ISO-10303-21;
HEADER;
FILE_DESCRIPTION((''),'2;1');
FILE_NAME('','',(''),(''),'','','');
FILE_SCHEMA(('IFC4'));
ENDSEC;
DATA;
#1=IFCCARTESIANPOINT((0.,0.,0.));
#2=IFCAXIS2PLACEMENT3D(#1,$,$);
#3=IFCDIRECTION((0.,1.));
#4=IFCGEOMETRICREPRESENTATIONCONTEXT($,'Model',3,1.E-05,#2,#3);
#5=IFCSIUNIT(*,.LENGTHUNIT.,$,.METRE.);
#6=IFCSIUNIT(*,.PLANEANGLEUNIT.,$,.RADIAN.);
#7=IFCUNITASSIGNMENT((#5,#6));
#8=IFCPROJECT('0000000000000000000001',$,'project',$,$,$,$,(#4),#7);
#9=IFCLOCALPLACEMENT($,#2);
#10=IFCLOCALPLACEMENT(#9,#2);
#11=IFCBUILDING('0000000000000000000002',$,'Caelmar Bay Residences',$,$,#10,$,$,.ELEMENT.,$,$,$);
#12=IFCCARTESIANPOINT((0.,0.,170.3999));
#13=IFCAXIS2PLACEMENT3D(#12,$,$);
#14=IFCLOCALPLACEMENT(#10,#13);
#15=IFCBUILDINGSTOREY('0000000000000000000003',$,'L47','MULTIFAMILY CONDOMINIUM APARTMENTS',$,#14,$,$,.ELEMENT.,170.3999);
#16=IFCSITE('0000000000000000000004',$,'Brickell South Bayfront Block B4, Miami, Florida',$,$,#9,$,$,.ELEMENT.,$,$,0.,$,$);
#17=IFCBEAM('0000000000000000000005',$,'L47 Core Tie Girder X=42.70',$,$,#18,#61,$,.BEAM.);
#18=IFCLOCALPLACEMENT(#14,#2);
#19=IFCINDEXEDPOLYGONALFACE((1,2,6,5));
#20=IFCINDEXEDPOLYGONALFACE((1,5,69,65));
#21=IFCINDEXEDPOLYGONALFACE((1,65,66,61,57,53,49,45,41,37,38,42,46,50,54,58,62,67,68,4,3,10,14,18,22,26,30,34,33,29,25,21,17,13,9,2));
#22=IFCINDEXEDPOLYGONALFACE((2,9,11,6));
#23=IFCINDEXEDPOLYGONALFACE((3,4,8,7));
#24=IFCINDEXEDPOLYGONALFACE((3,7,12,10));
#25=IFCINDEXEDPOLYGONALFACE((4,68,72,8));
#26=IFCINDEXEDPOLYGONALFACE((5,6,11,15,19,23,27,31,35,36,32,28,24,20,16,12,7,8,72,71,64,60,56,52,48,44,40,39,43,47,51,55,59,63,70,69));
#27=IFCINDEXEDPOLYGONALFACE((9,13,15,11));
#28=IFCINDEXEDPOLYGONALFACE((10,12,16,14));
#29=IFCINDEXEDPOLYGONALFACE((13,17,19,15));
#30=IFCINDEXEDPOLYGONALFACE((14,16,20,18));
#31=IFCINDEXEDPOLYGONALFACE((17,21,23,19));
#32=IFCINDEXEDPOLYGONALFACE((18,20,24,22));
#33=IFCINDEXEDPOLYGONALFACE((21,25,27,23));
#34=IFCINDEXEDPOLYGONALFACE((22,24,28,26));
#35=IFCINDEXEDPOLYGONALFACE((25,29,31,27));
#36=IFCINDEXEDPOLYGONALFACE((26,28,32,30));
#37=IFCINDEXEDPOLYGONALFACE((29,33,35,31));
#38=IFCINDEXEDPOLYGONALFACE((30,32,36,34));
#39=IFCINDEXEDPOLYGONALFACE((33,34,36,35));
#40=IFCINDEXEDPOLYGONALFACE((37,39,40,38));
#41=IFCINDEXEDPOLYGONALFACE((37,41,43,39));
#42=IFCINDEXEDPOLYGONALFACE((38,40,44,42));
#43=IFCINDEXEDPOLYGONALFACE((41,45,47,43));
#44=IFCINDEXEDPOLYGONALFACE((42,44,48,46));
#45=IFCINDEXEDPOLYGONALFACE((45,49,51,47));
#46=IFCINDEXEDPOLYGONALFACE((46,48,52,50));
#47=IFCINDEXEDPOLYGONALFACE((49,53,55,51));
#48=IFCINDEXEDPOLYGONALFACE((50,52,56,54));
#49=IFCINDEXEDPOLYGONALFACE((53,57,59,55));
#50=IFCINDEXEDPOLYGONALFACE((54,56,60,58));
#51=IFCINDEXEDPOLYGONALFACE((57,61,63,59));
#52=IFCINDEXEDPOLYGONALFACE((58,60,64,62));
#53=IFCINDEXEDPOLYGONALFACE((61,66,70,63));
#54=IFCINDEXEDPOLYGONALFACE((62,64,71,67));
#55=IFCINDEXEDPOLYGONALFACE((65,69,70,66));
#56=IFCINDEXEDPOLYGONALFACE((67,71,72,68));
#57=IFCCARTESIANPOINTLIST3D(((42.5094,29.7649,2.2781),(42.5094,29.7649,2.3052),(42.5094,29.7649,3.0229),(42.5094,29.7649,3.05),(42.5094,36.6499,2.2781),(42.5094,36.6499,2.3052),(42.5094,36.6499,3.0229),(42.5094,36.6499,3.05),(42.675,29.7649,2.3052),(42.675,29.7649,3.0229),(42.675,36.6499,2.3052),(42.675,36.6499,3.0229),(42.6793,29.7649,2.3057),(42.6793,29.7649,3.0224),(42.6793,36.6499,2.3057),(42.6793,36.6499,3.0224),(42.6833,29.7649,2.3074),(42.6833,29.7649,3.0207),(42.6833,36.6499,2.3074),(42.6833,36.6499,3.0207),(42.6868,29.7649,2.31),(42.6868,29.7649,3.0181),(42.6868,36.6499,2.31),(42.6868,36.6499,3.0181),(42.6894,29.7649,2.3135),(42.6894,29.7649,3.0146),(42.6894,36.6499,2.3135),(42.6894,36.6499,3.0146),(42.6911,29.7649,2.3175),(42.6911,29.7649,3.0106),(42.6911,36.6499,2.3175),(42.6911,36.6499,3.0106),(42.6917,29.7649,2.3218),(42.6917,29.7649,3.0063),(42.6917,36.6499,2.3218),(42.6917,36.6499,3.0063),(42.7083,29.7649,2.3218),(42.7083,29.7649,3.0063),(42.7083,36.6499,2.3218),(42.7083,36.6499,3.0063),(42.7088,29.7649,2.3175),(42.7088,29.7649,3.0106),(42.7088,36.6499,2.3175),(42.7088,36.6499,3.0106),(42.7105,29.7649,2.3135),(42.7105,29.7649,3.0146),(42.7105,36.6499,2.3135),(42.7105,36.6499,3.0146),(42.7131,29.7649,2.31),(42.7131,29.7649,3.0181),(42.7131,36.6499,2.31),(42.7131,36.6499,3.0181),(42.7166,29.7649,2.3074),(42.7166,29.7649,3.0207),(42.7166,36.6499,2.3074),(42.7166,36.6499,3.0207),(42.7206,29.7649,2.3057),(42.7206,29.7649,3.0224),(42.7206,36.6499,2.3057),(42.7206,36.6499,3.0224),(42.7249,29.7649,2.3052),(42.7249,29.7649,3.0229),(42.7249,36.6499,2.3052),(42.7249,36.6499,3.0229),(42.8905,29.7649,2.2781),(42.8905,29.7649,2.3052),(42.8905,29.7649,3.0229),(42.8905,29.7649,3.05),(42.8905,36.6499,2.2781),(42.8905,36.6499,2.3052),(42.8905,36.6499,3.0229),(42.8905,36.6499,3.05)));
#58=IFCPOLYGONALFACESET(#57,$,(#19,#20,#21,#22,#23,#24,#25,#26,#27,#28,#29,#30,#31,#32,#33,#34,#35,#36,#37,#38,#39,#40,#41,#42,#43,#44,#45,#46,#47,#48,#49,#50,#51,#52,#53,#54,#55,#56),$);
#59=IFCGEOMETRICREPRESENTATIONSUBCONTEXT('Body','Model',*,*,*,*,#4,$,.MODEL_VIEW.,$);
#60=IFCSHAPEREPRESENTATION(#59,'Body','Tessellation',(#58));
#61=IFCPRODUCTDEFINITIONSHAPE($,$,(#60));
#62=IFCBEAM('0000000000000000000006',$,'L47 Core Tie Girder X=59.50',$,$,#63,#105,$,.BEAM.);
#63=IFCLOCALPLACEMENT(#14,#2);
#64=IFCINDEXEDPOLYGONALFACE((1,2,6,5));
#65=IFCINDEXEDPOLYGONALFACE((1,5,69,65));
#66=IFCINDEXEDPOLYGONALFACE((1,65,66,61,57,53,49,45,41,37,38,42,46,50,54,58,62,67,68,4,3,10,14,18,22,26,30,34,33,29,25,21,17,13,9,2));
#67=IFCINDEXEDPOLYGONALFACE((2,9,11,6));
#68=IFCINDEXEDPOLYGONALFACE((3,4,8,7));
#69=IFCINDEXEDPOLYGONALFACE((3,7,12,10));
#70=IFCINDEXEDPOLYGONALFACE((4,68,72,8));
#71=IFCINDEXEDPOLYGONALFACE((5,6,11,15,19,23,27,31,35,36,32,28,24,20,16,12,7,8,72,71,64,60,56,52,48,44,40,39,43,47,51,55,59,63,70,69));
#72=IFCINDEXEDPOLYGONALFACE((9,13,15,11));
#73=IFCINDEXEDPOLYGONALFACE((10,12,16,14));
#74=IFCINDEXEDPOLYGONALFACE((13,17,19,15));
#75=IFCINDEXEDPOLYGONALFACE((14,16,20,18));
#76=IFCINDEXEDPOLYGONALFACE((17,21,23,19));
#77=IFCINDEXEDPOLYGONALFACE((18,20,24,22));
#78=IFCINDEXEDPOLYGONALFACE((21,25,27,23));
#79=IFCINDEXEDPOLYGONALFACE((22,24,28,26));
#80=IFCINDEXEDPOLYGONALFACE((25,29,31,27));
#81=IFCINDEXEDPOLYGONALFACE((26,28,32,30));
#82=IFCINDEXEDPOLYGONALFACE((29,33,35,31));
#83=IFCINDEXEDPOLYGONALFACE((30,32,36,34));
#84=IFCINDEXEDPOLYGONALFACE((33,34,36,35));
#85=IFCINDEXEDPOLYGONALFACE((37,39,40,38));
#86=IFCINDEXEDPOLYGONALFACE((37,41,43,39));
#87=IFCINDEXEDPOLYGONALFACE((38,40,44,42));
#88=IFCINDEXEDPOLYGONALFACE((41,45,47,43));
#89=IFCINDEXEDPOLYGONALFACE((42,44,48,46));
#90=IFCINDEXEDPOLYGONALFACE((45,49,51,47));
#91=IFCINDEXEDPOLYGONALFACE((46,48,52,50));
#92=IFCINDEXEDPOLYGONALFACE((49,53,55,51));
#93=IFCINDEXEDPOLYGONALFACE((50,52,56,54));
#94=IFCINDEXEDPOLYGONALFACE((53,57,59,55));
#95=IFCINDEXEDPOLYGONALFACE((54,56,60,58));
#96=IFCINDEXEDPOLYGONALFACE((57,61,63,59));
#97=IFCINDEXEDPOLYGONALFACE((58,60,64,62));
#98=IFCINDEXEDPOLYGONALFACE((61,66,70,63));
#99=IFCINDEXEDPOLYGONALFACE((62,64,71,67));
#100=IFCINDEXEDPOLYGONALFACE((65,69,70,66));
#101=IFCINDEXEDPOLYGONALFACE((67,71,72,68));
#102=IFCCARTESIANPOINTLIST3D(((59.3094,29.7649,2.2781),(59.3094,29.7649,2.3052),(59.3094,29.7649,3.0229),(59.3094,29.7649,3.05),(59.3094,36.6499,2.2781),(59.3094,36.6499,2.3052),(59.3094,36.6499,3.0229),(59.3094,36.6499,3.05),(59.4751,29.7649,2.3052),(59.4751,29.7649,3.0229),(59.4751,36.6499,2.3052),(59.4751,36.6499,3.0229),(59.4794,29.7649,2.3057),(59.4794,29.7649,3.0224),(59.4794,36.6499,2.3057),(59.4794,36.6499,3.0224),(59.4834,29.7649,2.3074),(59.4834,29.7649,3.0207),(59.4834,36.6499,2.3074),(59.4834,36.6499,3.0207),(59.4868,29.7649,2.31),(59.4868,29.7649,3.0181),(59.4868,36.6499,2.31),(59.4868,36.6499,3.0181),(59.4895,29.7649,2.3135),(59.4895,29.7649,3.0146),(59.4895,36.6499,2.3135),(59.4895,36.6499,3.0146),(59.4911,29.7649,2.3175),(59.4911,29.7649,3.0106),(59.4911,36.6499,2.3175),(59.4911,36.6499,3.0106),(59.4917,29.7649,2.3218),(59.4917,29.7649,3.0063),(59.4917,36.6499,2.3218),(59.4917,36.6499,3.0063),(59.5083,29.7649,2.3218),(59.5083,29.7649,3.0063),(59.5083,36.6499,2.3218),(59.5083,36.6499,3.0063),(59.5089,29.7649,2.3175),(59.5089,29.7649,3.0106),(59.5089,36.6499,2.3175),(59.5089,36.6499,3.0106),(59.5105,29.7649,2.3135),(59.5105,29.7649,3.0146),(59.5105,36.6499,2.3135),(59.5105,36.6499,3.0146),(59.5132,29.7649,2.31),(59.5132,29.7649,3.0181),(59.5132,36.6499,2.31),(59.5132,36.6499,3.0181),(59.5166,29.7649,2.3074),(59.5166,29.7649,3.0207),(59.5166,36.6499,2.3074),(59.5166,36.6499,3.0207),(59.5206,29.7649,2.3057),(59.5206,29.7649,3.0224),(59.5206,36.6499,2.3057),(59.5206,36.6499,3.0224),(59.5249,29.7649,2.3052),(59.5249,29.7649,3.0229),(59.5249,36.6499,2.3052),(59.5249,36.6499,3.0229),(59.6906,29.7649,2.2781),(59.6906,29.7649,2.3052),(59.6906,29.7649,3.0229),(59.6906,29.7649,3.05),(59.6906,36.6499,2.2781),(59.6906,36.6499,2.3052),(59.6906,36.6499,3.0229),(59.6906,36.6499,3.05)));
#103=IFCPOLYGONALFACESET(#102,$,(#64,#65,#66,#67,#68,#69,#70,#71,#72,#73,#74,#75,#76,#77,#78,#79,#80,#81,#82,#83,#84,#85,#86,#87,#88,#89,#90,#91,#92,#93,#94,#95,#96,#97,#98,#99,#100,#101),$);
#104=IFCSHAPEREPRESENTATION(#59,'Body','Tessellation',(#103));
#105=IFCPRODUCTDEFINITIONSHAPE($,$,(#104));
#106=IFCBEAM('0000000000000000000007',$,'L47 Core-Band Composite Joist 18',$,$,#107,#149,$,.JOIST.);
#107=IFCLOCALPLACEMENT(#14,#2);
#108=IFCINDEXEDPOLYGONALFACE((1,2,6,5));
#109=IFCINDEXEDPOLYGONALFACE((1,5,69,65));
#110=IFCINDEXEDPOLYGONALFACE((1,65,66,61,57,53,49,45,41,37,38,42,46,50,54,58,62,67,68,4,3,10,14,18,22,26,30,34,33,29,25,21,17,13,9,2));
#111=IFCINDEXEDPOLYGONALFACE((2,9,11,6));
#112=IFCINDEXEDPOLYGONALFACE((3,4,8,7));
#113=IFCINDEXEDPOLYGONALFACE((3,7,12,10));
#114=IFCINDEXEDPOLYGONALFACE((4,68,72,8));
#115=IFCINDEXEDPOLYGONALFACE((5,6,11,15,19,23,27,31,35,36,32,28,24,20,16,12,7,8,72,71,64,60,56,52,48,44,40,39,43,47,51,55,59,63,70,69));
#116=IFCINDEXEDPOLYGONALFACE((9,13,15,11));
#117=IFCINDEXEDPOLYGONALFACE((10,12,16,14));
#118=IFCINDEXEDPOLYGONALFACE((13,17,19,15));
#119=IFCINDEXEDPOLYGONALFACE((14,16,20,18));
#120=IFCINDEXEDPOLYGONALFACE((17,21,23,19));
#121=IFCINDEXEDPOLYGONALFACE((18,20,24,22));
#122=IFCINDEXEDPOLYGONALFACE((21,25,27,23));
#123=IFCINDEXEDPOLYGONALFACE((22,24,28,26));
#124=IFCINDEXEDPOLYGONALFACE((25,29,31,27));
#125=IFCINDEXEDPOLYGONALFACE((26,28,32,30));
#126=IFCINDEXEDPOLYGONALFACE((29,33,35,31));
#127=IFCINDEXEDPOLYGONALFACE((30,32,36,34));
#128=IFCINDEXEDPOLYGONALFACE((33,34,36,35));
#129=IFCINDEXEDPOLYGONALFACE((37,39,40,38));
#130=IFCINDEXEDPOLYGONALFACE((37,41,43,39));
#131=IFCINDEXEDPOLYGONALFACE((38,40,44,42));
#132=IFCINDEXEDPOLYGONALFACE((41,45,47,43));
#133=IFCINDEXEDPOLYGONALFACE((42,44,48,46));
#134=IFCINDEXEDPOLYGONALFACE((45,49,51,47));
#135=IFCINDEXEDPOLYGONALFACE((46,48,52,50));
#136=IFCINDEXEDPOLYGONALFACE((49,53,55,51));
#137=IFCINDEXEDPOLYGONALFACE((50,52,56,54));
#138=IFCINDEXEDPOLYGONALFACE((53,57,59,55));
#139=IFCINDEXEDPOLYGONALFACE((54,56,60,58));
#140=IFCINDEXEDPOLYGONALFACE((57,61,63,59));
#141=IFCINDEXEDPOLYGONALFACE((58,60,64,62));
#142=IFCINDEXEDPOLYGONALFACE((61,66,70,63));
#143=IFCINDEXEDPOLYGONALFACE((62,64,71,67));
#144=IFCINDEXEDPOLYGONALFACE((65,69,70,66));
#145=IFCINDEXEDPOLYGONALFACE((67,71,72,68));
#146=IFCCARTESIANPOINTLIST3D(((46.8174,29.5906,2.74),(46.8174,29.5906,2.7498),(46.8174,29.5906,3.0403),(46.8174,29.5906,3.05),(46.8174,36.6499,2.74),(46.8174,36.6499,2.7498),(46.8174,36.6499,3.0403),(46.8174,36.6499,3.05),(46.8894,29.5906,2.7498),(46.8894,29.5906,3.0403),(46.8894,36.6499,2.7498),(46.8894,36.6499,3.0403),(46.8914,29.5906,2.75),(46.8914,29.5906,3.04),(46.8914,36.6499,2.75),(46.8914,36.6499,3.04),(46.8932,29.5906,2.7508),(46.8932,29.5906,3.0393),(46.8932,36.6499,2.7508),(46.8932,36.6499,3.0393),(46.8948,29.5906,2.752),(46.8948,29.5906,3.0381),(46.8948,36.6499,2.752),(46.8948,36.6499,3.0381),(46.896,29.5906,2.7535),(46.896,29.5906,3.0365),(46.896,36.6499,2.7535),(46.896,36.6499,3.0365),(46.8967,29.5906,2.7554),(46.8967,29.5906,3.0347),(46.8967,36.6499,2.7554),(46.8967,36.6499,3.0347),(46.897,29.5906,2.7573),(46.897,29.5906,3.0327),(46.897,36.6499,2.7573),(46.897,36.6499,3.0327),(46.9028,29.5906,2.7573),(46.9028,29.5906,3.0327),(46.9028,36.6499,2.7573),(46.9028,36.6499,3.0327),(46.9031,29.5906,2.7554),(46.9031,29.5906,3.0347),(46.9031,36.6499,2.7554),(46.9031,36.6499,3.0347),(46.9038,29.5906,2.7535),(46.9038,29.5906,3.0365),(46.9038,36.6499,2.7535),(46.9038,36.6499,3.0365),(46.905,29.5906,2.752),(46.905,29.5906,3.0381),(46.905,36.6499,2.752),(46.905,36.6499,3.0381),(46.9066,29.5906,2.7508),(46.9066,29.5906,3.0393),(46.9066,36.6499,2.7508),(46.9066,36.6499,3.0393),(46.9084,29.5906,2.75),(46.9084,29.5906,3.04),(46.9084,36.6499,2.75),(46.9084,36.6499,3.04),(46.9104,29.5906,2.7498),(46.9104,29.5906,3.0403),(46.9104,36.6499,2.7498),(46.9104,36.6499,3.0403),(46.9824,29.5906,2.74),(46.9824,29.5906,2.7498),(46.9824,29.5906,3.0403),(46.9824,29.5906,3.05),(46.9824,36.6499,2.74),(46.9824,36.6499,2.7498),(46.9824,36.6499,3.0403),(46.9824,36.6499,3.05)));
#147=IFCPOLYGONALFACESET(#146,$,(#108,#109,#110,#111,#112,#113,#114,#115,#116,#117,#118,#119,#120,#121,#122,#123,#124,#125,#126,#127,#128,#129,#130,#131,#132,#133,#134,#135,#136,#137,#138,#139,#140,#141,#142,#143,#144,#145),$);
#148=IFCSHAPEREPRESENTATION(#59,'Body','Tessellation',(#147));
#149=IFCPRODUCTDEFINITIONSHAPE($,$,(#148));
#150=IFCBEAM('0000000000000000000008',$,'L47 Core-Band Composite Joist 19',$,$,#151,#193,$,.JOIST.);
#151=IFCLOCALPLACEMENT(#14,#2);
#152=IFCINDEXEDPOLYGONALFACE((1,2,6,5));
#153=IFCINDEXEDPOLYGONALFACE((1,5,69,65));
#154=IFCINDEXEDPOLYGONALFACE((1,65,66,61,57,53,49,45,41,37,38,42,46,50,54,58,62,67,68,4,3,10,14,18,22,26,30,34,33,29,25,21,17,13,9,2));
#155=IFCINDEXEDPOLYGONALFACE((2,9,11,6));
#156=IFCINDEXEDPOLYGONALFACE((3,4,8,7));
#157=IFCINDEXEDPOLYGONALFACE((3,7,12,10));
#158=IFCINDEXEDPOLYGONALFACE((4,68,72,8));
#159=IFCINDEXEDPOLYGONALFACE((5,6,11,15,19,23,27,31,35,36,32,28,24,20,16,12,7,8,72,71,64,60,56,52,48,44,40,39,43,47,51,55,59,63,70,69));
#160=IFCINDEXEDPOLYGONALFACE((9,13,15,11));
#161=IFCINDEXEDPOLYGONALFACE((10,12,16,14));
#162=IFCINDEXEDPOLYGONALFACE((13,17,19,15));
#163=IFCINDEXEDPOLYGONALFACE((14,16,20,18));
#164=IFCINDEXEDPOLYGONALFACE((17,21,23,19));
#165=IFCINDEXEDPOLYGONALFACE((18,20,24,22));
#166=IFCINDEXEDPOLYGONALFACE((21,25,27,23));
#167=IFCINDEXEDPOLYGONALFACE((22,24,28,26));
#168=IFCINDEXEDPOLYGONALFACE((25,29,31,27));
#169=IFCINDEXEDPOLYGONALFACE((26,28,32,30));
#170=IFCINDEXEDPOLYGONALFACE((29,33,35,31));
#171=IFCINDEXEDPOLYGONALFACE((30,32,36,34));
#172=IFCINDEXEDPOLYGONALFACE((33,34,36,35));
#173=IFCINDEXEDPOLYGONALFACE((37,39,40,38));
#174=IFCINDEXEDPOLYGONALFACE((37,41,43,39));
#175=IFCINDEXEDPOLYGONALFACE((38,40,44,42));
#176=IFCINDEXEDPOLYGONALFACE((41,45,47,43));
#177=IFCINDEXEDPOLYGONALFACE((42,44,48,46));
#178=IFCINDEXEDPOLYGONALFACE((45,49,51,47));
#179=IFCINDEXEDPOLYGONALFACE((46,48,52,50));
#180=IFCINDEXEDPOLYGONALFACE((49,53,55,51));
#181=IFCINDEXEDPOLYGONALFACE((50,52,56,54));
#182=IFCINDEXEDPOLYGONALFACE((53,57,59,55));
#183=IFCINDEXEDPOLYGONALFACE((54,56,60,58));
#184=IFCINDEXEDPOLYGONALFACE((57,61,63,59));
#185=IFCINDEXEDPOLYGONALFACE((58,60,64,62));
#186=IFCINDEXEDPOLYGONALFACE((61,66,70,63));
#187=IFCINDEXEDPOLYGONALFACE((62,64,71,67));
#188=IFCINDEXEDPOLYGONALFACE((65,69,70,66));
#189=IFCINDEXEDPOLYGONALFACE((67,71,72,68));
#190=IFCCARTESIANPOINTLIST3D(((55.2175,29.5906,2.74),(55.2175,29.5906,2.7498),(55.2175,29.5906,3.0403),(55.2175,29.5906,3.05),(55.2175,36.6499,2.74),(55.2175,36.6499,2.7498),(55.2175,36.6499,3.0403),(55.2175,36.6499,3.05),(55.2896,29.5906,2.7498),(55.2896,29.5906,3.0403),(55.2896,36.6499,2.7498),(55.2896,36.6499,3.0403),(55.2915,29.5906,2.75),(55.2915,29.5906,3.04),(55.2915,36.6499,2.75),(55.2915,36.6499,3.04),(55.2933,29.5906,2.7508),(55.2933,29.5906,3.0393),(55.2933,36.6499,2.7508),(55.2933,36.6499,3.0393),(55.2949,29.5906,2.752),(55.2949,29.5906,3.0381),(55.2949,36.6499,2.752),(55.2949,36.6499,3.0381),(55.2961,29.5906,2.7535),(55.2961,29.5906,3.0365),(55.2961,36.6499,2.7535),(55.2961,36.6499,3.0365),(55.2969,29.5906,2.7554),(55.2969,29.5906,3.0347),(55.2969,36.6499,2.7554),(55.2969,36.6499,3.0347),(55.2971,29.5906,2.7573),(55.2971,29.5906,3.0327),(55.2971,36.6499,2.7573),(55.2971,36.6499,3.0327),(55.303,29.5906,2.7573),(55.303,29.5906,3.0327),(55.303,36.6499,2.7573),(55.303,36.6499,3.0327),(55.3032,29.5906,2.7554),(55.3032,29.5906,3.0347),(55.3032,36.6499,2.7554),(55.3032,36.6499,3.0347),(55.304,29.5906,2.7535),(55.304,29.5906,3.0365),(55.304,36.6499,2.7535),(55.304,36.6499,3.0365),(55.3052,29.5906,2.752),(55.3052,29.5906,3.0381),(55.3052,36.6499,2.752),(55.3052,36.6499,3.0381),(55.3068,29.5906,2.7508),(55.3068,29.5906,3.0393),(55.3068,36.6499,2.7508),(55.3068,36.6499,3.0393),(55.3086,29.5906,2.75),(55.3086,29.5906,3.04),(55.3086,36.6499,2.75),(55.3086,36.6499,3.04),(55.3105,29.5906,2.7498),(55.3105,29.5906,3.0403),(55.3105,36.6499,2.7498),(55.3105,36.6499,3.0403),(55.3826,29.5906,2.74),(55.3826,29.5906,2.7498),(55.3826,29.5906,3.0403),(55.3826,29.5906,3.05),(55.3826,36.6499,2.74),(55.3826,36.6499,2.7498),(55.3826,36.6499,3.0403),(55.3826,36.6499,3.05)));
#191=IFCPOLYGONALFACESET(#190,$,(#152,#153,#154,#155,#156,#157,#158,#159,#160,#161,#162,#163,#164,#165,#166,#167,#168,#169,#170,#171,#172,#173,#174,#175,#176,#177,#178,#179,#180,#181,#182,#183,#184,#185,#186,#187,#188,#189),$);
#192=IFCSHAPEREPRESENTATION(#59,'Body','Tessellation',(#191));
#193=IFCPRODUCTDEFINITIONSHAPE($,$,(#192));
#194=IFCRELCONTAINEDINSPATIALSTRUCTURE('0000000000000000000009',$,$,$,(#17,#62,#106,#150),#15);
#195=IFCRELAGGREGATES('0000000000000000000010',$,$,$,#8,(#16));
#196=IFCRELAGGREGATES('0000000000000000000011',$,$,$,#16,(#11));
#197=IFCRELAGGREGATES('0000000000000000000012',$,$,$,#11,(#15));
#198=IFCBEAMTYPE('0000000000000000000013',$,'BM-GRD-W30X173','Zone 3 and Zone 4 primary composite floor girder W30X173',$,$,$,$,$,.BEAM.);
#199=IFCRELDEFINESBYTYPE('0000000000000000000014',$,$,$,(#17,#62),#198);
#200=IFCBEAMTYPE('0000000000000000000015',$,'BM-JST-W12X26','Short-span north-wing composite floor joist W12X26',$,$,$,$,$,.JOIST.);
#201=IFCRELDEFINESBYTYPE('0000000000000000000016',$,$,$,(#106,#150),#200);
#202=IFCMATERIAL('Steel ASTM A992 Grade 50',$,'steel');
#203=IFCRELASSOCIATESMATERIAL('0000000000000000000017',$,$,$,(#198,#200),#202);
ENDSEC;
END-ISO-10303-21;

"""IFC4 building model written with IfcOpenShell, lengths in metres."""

from ifc_helpers import new_model, si_unit, direction, frame, origin, origin_2d, place, context, subcontext, project, spatial, i_section, extrude, material, material_profile, profile_set, type_object, element, save


model = new_model("IFC4")

# Units and contexts
model_context = context("Model", 3, precision=1e-05, world=origin(), true_north=direction((0.0, 1.0)))
body_context = subcontext(model_context, "Body", "Model", "MODEL_VIEW")
ifc_project = project(units=[si_unit("LENGTHUNIT", "METRE"), si_unit("PLANEANGLEUNIT", "RADIAN")], contexts=[model_context])

# Site, building, storey
site_placement = place(None, origin())
site = spatial("IfcSite", under=ifc_project, at=site_placement, Name="Brickell South Bayfront Block B4, Miami, Florida", CompositionType="ELEMENT", RefElevation=0.0)
building_placement = place(site_placement, origin())
building = spatial("IfcBuilding", under=site, at=building_placement, Name="Caelmar Bay Residences", CompositionType="ELEMENT")
storey_placement = place(building_placement, frame((0.0, 0.0, 170.3999)))
storey = spatial("IfcBuildingStorey", under=building, at=storey_placement, Name="L47", Description="MULTIFAMILY CONDOMINIUM APARTMENTS", CompositionType="ELEMENT", Elevation=170.3999)

# Beams
ifc_material_1 = material(Name="Steel ASTM A992 Grade 50", Category="steel")
ifc_material_profile_1 = material_profile(ifc_material_1, i_section(OverallWidth=0.3811, OverallDepth=0.772, WebThickness=0.0166, FlangeThickness=0.0271, FilletRadius=0.0166, at=origin_2d()), Name="W30X173")
ifc_profile_set_1 = profile_set([ifc_material_profile_1], Name="Steel ASTM A992 Grade 50")
beam_type_1 = type_object("IfcBeamType", Name="BM-GRD-W30X173", Description="Zone 3 and Zone 4 primary composite floor girder W30X173", PredefinedType="BEAM", material=ifc_profile_set_1)
for number, where, z_axis, x_axis, name in (
    (1, (42.7, 29.7649, 2.6641), (0.0, 1.0, 0.0), (-1.0, 0.0, 0.0), "L47 Core Tie Girder X=42.70"),
    (2, (59.5, 29.7649, 2.6641), (0.0, 1.0, 0.0), (-1.0, 0.0, 0.0), "L47 Core Tie Girder X=59.50"),
):
    element("IfcBeam", number, at=place(storey_placement, frame(where, z_axis=z_axis, x_axis=x_axis)), inside=storey, type_object=beam_type_1, Name=name, PredefinedType="BEAM", context=body_context, shape_type="SweptSolid", body=[
        extrude(i_section(OverallWidth=0.3811, OverallDepth=0.772, WebThickness=0.0166, FlangeThickness=0.0271, FilletRadius=0.0166, at=origin_2d()), origin(), (0.0, 0.0, 1.0), 6.885),
    ])
ifc_material_profile_2 = material_profile(ifc_material_1, i_section(OverallWidth=0.165, OverallDepth=0.3101, WebThickness=0.0059, FlangeThickness=0.0098, FilletRadius=0.0076, at=origin_2d()), Name="W12X26")
ifc_profile_set_2 = profile_set([ifc_material_profile_2], Name="Steel ASTM A992 Grade 50")
beam_type_2 = type_object("IfcBeamType", Name="BM-JST-W12X26", Description="Short-span north-wing composite floor joist W12X26", PredefinedType="JOIST", material=ifc_profile_set_2)
for number, where, z_axis, x_axis, name in (
    (3, (46.8999, 29.5906, 2.895), (0.0, 1.0, 0.0), (-1.0, 0.0, 0.0), "L47 Core-Band Composite Joist 18"),
    (4, (55.3, 29.5906, 2.895), (0.0, 1.0, 0.0), (-1.0, 0.0, 0.0), "L47 Core-Band Composite Joist 19"),
):
    element("IfcBeam", number, at=place(storey_placement, frame(where, z_axis=z_axis, x_axis=x_axis)), inside=storey, type_object=beam_type_2, Name=name, PredefinedType="JOIST", context=body_context, shape_type="SweptSolid", body=[
        extrude(i_section(OverallWidth=0.165, OverallDepth=0.3101, WebThickness=0.0059, FlangeThickness=0.0098, FilletRadius=0.0076, at=origin_2d()), origin(), (0.0, 0.0, 1.0), 7.0593),
    ])

save(model, "model.ifc")
